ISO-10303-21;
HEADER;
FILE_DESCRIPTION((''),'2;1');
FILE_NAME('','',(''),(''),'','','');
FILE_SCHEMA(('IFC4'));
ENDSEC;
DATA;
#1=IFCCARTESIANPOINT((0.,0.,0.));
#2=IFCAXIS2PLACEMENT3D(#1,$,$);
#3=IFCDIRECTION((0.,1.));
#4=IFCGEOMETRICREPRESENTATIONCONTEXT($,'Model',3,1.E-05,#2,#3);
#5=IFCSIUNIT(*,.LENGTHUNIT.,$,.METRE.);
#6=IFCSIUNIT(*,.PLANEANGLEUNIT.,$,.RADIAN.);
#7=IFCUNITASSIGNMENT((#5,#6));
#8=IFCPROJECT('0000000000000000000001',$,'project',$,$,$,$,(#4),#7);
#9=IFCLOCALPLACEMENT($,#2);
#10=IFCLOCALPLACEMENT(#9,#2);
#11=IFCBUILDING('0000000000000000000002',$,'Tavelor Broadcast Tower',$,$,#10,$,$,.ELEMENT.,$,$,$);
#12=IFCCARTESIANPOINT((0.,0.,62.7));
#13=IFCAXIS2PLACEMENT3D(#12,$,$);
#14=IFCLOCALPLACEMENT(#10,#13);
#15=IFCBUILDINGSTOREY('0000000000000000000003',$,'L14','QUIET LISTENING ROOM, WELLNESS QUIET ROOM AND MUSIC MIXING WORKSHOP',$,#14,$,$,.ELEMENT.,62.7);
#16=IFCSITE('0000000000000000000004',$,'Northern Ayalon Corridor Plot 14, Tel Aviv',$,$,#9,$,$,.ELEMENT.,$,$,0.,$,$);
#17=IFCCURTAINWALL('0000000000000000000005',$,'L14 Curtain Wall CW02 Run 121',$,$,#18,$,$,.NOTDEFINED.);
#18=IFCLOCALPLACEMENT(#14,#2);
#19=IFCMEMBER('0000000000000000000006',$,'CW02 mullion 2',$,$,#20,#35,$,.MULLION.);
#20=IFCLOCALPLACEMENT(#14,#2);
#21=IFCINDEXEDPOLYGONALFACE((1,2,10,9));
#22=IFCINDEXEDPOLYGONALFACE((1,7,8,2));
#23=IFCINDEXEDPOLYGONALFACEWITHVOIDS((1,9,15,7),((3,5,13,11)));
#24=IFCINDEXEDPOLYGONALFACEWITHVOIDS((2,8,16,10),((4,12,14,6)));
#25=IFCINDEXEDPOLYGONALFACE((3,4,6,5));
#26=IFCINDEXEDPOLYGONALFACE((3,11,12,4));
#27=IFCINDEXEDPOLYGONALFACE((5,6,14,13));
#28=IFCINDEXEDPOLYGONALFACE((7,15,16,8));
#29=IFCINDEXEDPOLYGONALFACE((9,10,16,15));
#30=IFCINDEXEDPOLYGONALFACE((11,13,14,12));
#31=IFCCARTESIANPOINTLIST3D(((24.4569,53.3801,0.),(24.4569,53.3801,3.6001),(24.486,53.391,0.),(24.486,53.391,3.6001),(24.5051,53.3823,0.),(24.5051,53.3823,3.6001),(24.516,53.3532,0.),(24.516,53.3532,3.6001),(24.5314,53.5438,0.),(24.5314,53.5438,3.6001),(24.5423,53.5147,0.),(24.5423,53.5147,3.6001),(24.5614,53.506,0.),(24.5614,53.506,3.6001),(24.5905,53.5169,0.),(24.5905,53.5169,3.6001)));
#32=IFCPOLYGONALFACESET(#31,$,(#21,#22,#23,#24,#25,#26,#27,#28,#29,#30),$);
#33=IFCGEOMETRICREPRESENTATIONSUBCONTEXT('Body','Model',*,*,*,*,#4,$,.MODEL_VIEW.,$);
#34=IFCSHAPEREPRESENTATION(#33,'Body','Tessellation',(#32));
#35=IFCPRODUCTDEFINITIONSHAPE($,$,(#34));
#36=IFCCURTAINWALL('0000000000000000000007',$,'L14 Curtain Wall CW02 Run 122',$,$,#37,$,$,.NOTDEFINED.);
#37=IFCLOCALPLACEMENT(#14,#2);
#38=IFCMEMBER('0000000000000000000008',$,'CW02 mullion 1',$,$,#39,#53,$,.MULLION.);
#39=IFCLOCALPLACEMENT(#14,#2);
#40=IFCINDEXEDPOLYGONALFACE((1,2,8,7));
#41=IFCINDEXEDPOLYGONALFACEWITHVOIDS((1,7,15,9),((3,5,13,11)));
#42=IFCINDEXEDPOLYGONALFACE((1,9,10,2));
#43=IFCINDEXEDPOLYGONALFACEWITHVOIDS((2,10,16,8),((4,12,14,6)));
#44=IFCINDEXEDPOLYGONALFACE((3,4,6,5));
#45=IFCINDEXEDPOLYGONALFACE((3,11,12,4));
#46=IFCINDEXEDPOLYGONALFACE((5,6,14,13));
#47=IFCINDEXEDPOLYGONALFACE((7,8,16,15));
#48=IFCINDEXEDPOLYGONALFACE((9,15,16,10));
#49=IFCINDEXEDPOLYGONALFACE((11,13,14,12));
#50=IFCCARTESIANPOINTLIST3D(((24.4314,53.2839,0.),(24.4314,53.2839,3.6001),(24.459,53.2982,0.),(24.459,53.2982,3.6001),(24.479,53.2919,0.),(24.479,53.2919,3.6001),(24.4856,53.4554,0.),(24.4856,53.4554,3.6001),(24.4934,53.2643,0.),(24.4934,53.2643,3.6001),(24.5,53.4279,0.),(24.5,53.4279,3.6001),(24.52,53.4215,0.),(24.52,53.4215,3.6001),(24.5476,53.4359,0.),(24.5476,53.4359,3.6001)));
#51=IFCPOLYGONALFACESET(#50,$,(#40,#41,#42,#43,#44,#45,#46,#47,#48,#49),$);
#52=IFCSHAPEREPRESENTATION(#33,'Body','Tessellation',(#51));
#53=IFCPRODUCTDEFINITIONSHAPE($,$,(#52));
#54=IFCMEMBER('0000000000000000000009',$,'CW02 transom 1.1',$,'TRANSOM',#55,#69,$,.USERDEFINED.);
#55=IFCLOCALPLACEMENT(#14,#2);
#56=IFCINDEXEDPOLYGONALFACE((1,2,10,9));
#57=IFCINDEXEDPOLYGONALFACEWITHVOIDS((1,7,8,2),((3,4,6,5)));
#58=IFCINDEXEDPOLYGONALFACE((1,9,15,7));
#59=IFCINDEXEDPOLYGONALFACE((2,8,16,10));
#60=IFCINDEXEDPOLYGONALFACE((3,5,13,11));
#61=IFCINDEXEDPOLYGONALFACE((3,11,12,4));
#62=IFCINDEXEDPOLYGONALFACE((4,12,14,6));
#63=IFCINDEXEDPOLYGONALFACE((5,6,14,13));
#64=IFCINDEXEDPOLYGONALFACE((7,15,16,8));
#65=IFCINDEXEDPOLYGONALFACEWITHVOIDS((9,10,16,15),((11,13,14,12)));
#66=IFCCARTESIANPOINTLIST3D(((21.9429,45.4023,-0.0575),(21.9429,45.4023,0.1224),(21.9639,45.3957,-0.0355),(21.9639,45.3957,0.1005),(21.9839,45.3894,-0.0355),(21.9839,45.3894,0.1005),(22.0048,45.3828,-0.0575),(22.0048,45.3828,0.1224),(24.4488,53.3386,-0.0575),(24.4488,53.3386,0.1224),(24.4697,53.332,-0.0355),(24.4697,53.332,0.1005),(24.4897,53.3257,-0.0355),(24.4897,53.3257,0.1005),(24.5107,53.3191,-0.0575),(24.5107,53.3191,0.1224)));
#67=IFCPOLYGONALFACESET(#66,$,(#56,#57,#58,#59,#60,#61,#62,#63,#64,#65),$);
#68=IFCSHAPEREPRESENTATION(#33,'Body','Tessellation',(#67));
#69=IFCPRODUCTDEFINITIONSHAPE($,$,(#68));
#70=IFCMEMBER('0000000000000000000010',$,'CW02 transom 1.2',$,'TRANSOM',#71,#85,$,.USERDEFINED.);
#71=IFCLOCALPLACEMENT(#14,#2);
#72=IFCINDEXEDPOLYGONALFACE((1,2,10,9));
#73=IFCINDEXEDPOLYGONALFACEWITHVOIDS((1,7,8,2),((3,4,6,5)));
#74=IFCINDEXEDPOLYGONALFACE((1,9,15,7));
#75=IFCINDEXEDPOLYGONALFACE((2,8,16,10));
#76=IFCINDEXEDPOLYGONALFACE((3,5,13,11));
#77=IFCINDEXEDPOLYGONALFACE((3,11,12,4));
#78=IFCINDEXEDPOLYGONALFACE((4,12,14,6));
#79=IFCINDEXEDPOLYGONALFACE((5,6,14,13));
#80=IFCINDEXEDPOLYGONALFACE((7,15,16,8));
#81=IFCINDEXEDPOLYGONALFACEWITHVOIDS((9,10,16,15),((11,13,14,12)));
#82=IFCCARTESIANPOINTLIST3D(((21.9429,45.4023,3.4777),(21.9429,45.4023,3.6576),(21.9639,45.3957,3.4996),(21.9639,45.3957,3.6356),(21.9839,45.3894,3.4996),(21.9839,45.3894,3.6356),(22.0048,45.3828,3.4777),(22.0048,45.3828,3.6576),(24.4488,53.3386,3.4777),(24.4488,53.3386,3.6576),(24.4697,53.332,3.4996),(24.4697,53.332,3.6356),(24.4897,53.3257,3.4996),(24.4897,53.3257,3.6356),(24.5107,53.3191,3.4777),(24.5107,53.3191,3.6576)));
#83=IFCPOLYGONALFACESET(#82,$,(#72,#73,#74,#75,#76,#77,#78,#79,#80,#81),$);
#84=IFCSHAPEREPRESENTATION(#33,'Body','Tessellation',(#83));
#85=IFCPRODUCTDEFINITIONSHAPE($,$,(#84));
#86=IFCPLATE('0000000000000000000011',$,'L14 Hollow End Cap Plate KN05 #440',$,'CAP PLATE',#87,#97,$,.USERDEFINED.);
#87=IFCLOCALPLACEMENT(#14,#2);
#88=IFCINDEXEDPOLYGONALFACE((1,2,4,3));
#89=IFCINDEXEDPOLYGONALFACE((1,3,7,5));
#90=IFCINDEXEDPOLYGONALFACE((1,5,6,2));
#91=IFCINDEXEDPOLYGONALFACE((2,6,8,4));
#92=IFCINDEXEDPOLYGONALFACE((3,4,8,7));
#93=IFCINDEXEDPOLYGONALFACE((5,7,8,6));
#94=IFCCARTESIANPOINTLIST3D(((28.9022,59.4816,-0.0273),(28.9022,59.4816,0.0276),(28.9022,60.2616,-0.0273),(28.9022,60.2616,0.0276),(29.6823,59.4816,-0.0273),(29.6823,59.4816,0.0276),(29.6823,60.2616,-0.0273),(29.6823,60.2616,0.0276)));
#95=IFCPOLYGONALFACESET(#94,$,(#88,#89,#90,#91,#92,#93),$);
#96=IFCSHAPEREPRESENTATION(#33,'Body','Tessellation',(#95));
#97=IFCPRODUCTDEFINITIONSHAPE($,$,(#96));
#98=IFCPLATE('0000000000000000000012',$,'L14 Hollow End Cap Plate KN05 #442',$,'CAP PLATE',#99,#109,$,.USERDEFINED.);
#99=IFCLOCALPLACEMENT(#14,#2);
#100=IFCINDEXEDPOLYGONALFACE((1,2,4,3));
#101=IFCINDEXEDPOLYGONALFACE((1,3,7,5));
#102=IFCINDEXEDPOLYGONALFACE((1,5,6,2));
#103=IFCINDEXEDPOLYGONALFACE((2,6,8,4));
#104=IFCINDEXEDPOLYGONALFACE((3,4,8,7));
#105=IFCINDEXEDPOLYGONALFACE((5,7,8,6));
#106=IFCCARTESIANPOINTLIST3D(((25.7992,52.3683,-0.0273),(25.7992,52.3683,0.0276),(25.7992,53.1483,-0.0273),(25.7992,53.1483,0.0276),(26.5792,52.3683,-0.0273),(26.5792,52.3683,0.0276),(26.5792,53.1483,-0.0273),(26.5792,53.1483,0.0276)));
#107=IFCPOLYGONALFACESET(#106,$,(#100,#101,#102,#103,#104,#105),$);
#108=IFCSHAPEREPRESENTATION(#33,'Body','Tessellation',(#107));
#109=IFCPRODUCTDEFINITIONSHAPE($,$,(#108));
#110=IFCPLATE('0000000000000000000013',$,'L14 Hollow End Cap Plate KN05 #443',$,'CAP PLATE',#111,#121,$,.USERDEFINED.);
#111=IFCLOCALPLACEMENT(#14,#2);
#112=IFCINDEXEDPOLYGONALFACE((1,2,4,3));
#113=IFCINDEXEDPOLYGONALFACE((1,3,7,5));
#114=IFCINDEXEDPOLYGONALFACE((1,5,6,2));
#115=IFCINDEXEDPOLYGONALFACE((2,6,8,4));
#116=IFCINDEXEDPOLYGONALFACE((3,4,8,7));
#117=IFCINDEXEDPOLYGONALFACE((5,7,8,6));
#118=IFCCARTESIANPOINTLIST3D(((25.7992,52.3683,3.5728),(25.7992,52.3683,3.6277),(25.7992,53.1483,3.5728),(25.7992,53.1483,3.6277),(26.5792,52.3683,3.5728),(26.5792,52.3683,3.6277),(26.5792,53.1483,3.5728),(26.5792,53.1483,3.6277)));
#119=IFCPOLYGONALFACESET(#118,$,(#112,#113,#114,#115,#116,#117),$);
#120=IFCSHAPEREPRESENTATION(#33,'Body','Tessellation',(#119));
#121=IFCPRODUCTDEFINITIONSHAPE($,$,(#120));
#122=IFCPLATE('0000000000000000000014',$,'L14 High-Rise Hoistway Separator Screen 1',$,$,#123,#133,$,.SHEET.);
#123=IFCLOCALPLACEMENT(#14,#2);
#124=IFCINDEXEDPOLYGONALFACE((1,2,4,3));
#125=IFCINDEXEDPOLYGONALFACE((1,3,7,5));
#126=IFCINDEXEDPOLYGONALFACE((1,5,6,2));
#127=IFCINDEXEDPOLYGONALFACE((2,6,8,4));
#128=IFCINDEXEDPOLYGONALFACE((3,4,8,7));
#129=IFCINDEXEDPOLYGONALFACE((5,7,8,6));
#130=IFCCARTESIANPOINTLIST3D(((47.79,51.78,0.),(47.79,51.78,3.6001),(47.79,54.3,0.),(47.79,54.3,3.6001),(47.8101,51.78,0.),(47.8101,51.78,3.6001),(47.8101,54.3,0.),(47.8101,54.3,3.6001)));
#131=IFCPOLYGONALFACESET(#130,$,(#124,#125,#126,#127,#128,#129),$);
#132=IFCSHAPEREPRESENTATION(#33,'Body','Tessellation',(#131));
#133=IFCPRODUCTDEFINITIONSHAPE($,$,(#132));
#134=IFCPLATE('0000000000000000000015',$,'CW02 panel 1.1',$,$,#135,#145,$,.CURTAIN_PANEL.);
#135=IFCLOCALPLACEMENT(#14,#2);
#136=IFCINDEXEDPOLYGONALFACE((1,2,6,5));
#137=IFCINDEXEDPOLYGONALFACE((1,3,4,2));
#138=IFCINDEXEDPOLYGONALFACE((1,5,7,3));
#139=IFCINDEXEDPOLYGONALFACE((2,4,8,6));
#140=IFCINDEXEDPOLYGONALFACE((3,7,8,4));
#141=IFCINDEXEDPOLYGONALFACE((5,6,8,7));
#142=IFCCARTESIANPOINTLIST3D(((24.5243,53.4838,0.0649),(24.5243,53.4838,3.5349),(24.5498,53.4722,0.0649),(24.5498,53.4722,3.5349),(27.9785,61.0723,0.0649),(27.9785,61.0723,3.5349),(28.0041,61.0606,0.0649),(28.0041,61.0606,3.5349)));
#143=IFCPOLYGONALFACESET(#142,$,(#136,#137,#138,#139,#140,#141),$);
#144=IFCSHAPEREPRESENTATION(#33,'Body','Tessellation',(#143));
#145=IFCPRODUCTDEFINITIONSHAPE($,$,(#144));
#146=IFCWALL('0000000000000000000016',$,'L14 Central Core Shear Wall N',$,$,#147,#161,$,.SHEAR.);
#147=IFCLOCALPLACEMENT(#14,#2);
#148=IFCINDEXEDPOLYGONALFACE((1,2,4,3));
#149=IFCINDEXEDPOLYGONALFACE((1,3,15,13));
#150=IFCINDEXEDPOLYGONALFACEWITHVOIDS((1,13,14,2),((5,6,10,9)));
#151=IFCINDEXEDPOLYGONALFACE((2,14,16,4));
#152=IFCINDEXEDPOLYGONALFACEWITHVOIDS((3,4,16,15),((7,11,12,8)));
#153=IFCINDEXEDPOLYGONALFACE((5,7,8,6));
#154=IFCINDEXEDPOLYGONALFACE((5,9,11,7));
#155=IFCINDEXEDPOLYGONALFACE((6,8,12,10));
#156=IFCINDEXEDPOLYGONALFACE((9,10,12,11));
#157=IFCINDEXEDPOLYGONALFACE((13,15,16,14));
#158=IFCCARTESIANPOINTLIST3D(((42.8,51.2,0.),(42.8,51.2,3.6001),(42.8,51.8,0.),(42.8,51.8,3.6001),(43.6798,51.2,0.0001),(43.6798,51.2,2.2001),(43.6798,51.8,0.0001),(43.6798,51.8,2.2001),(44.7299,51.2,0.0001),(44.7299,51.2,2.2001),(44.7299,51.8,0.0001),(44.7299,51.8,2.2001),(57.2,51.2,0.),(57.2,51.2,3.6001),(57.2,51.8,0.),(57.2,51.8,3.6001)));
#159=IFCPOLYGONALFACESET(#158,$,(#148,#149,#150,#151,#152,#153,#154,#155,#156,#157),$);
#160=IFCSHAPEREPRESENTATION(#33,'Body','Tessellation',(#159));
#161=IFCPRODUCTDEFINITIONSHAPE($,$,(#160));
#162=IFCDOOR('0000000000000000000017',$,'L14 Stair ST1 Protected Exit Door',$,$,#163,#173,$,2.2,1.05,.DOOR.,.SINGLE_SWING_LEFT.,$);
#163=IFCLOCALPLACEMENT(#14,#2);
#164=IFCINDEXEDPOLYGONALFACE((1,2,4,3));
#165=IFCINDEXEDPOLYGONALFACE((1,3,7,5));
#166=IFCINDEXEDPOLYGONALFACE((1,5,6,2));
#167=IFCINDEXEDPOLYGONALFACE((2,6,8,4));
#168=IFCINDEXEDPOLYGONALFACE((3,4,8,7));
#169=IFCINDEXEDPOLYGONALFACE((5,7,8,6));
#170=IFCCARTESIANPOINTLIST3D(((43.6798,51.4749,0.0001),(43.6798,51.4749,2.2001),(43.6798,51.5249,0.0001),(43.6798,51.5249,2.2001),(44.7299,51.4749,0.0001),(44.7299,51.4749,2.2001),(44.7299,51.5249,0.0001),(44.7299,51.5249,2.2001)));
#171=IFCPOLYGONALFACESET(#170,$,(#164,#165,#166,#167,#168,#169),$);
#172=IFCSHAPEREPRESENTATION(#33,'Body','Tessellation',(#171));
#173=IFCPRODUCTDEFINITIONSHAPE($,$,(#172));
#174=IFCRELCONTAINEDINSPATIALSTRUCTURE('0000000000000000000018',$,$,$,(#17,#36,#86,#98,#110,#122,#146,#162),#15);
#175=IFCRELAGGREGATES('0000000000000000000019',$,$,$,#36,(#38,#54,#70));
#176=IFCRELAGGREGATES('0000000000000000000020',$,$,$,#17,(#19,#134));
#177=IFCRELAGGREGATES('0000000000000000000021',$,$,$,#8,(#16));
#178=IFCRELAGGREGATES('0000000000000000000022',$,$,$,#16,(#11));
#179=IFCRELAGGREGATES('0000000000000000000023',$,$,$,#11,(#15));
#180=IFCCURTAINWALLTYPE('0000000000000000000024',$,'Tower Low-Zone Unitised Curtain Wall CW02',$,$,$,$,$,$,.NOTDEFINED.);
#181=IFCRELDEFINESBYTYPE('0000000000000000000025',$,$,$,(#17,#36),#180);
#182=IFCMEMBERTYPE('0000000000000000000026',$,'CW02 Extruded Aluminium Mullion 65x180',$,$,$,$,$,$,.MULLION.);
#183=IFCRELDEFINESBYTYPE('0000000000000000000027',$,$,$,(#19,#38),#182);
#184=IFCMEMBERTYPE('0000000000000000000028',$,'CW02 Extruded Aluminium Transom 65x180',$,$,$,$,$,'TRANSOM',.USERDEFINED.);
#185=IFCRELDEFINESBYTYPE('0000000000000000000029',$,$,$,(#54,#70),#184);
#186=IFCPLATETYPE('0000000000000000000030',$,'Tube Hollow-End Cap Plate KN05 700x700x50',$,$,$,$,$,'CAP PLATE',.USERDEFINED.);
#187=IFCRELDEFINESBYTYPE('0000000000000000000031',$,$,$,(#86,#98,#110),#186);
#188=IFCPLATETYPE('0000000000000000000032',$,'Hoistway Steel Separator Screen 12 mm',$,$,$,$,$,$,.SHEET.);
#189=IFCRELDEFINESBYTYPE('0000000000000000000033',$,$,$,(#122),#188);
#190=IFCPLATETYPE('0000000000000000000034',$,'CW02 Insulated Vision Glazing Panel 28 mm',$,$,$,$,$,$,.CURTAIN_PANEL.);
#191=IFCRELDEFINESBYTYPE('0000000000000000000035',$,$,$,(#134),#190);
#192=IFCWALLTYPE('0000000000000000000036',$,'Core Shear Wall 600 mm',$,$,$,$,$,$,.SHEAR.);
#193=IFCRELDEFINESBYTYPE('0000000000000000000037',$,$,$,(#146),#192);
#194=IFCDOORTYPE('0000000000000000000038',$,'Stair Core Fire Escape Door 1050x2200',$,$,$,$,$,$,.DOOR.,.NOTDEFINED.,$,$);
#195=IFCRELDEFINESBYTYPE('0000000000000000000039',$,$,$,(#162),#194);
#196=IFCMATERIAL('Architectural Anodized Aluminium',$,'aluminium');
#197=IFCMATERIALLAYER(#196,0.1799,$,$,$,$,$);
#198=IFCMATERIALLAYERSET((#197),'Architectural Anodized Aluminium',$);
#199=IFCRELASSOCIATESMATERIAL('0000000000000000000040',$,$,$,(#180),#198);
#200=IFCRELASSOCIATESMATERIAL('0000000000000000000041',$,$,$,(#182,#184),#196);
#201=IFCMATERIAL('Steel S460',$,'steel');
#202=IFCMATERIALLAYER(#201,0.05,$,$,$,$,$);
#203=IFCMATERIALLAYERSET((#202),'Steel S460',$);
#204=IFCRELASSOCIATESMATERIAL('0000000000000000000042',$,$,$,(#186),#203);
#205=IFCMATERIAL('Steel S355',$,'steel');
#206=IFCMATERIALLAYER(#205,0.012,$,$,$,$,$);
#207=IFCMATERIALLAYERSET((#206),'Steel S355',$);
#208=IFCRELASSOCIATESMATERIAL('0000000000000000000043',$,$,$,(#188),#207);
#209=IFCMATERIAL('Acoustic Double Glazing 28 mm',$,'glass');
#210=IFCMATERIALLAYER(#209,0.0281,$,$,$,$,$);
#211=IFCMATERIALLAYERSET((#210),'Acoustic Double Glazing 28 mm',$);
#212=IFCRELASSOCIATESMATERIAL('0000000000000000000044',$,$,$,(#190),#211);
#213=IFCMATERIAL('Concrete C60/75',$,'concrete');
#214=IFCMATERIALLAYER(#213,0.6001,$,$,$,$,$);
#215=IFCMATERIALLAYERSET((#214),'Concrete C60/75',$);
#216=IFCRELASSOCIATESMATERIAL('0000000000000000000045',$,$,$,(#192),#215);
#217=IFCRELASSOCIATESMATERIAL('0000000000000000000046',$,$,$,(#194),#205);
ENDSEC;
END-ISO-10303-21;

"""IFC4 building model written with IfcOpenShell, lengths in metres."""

from ifc_helpers import new_model, si_unit, direction, frame, frame_2d, origin, origin_2d, place, context, subcontext, project, spatial, rectangle, hollow_rectangle, extrude, source, transform, mapped, material, layer, layer_set, material_profile, profile_set, type_object, type_shapes, element, fill, aggregate, save


model = new_model("IFC4")

# Units and contexts
model_context = context("Model", 3, precision=1e-05, world=origin(), true_north=direction((0.0, 1.0)))
body_context = subcontext(model_context, "Body", "Model", "MODEL_VIEW")
ifc_project = project(units=[si_unit("LENGTHUNIT", "METRE"), si_unit("PLANEANGLEUNIT", "RADIAN")], contexts=[model_context])

# Site, building, storey
site_placement = place(None, origin())
site = spatial("IfcSite", under=ifc_project, at=site_placement, Name="Northern Ayalon Corridor Plot 14, Tel Aviv", CompositionType="ELEMENT", RefElevation=0.0)
building_placement = place(site_placement, origin())
building = spatial("IfcBuilding", under=site, at=building_placement, Name="Tavelor Broadcast Tower", CompositionType="ELEMENT")
storey_placement = place(building_placement, frame((0.0, 0.0, 62.7)))
storey = spatial("IfcBuildingStorey", under=building, at=storey_placement, Name="L14", Description="QUIET LISTENING ROOM, WELLNESS QUIET ROOM AND MUSIC MIXING WORKSHOP", CompositionType="ELEMENT", Elevation=62.7)

# Shared definitions
ifc_material_1 = material(Name="Steel S460", Category="steel")

# Shared definitions
ifc_material_2 = material(Name="Steel S355", Category="steel")

# Curtain wall, member
ifc_material_3 = material(Name="Architectural Anodized Aluminium", Category="aluminium")
ifc_layer_1 = layer(ifc_material_3, 0.1799)
ifc_layer_set_1 = layer_set([ifc_layer_1], Name="Architectural Anodized Aluminium")
curtain_wall_type = type_object("IfcCurtainWallType", Name="Tower Low-Zone Unitised Curtain Wall CW02", PredefinedType="NOTDEFINED", material=ifc_layer_set_1)
curtain_wall_1_placement = place(storey_placement, origin())
curtain_wall_1 = element("IfcCurtainWall", 1, at=curtain_wall_1_placement, inside=storey, type_object=curtain_wall_type, Name="L14 Curtain Wall CW02 Run 121", PredefinedType="NOTDEFINED")
ifc_material_profile_1 = material_profile(ifc_material_3, hollow_rectangle(XDim=0.0649, YDim=0.1799, WallThickness=0.022, at=origin_2d()), Name="RHS 65x180x22")
ifc_profile_set_1 = profile_set([ifc_material_profile_1], Name="Architectural Anodized Aluminium")
member_type_1 = type_object("IfcMemberType", Name="CW02 Extruded Aluminium Mullion 65x180", PredefinedType="MULLION", material=ifc_profile_set_1)
shared_shape_1 = source(origin(), body_context, "Body", "SweptSolid", [
    extrude(hollow_rectangle(XDim=0.0649, YDim=0.1799, WallThickness=0.022, at=origin_2d()), origin(), (0.0, 0.0, 1.0), 3.6001),
])
type_shapes(member_type_1, [shared_shape_1])
member_1_placement = place(storey_placement, frame((24.5237, 53.4485, 0.0), z_axis=(0.0, 0.0, 1.0), x_axis=(0.910141, -0.414298, 0.0)))
member_1 = element("IfcMember", 2, at=member_1_placement, type_object=member_type_1, Name="CW02 mullion 2", PredefinedType="MULLION", context=body_context, shape_type="MappedRepresentation", body=[
    mapped(shared_shape_1, transform((0.0, 0.0, 0.0), scale=1.0)),
])

# Curtain wall, members
curtain_wall_2_placement = place(storey_placement, origin())
curtain_wall_2 = element("IfcCurtainWall", 3, at=curtain_wall_2_placement, inside=storey, type_object=curtain_wall_type, Name="L14 Curtain Wall CW02 Run 122", PredefinedType="NOTDEFINED")
member_2_placement = place(storey_placement, frame((24.4895, 53.3599, 0.0), z_axis=(0.0, 0.0, 1.0), x_axis=(0.953587, -0.301118, 0.0)))
member_2 = element("IfcMember", 4, at=member_2_placement, type_object=member_type_1, Name="CW02 mullion 1", PredefinedType="MULLION", context=body_context, shape_type="MappedRepresentation", body=[
    mapped(shared_shape_1, transform((0.0, 0.0, 0.0), scale=1.0)),
])
ifc_material_profile_2 = material_profile(ifc_material_3, hollow_rectangle(XDim=0.0649, YDim=0.1799, WallThickness=0.022, at=origin_2d()), Name="RHS 65x180x22")
ifc_profile_set_2 = profile_set([ifc_material_profile_2], Name="Architectural Anodized Aluminium")
member_type_2 = type_object("IfcMemberType", Name="CW02 Extruded Aluminium Transom 65x180", ElementType="TRANSOM", PredefinedType="USERDEFINED", material=ifc_profile_set_2)
shared_shape_2 = source(origin(), body_context, "Body", "SweptSolid", [
    extrude(hollow_rectangle(XDim=0.0649, YDim=0.1799, WallThickness=0.022, at=origin_2d()), origin(), (0.0, 0.0, 1.0), 8.3225),
])
type_shapes(member_type_2, [shared_shape_2])
member_3_placement = place(storey_placement, frame((24.4797, 53.3289, 0.0325), z_axis=(-0.301095, -0.953594, 0.0), x_axis=(0.953594, -0.301095, 0.0)))
member_3 = element("IfcMember", 5, at=member_3_placement, type_object=member_type_2, Name="CW02 transom 1.1", ObjectType="TRANSOM", PredefinedType="USERDEFINED", context=body_context, shape_type="MappedRepresentation", body=[
    mapped(shared_shape_2, transform((0.0, 0.0, 0.0), scale=1.0)),
])
member_4_placement = place(storey_placement, frame((24.4797, 53.3289, 3.5676), z_axis=(-0.301095, -0.953594, 0.0), x_axis=(0.953594, -0.301095, 0.0)))
member_4 = element("IfcMember", 6, at=member_4_placement, type_object=member_type_2, Name="CW02 transom 1.2", ObjectType="TRANSOM", PredefinedType="USERDEFINED", context=body_context, shape_type="MappedRepresentation", body=[
    mapped(shared_shape_2, transform((0.0, 0.0, 0.0), scale=1.0)),
])
aggregate(curtain_wall_2, [member_2, member_3, member_4])

# Plates
ifc_layer_2 = layer(ifc_material_1, 0.05)
ifc_layer_set_2 = layer_set([ifc_layer_2], Name="Steel S460")
plate_type_1 = type_object("IfcPlateType", Name="Tube Hollow-End Cap Plate KN05 700x700x50", ElementType="CAP PLATE", PredefinedType="USERDEFINED", material=ifc_layer_set_2)
shared_shape_3 = source(origin(), body_context, "Body", "SweptSolid", [
    extrude(rectangle(XDim=0.78, YDim=0.78, at=origin_2d()), origin(), (0.0, 0.0, 1.0), 0.0549),
])
type_shapes(plate_type_1, [shared_shape_3])
for number, where, z_axis, x_axis, name in (
    (7, (29.2922, 59.8716, -0.0273), (0.0, 0.0, 1.0), (1.0, 0.0, 0.0), "L14 Hollow End Cap Plate KN05 #440"),
    (8, (26.1892, 52.7583, -0.0273), (0.0, 0.0, 1.0), (1.0, 0.0, 0.0), "L14 Hollow End Cap Plate KN05 #442"),
    (9, (26.1892, 52.7583, 3.5728), (0.0, 0.0, 1.0), (1.0, 0.0, 0.0), "L14 Hollow End Cap Plate KN05 #443"),
):
    element("IfcPlate", number, at=place(storey_placement, frame(where, z_axis=z_axis, x_axis=x_axis)), inside=storey, type_object=plate_type_1, Name=name, ObjectType="CAP PLATE", PredefinedType="USERDEFINED", context=body_context, shape_type="MappedRepresentation", body=[
        mapped(shared_shape_3, transform((0.0, 0.0, 0.0), scale=1.0)),
    ])
ifc_layer_3 = layer(ifc_material_2, 0.012)
ifc_layer_set_3 = layer_set([ifc_layer_3], Name="Steel S355")
plate_type_2 = type_object("IfcPlateType", Name="Hoistway Steel Separator Screen 12 mm", PredefinedType="SHEET", material=ifc_layer_set_3)
shared_shape_4 = source(origin(), body_context, "Body", "SweptSolid", [
    extrude(rectangle(XDim=0.02, YDim=2.52, at=origin_2d()), origin(), (0.0, 0.0, 1.0), 3.6001),
])
type_shapes(plate_type_2, [shared_shape_4])
plate_1_placement = place(storey_placement, frame((47.8, 53.04, 0.0), z_axis=(0.0, 0.0, 1.0), x_axis=(1.0, 0.0, 0.0)))
element("IfcPlate", 10, at=plate_1_placement, inside=storey, type_object=plate_type_2, Name="L14 High-Rise Hoistway Separator Screen 1", PredefinedType="SHEET", context=body_context, shape_type="MappedRepresentation", body=[
    mapped(shared_shape_4, transform((0.0, 0.0, 0.0), scale=1.0)),
])

# Plate
ifc_material_4 = material(Name="Acoustic Double Glazing 28 mm", Category="glass")
ifc_layer_4 = layer(ifc_material_4, 0.0281)
ifc_layer_set_4 = layer_set([ifc_layer_4], Name="Acoustic Double Glazing 28 mm")
plate_type_3 = type_object("IfcPlateType", Name="CW02 Insulated Vision Glazing Panel 28 mm", PredefinedType="CURTAIN_PANEL", material=ifc_layer_set_4)
shared_shape_5 = source(origin(), body_context, "Body", "SweptSolid", [
    extrude(rectangle(XDim=8.3376, YDim=0.0281, at=origin_2d()), origin(), (0.0, 0.0, 1.0), 3.47),
])
type_shapes(plate_type_3, [shared_shape_5])
plate_2_placement = place(storey_placement, frame((26.2642, 57.2722, 0.0649), z_axis=(0.0, 0.0, 1.0), x_axis=(-0.414298, -0.910141, 0.0)))
plate_2 = element("IfcPlate", 11, at=plate_2_placement, type_object=plate_type_3, Name="CW02 panel 1.1", PredefinedType="CURTAIN_PANEL", context=body_context, shape_type="MappedRepresentation", body=[
    mapped(shared_shape_5, transform((0.0, 0.0, 0.0), scale=1.0)),
])
aggregate(curtain_wall_1, [member_1, plate_2])

# Wall, opening, door
ifc_material_5 = material(Name="Concrete C60/75", Category="concrete")
ifc_layer_5 = layer(ifc_material_5, 0.6001)
ifc_layer_set_5 = layer_set([ifc_layer_5], Name="Concrete C60/75")
wall_type_1 = type_object("IfcWallType", Name="Core Shear Wall 600 mm", PredefinedType="SHEAR", material=ifc_layer_set_5)
wall_1_placement = place(storey_placement, frame((42.8, 51.5, 0.0), z_axis=(0.0, 0.0, 1.0), x_axis=(1.0, 0.0, 0.0)))
wall_1 = element("IfcWall", 12, at=wall_1_placement, inside=storey, type_object=wall_type_1, Name="L14 Central Core Shear Wall N", PredefinedType="SHEAR", context=body_context, shape_type="SweptSolid", body=[
    extrude(rectangle(XDim=14.3999, YDim=0.6001, at=frame_2d((7.2, 0.0))), origin(), (0.0, 0.0, 1.0), 3.6001),
])
opening_placement = place(wall_1_placement, frame((0.8799, 0.0, 0.0)))
opening = element("IfcOpeningElement", 13, at=opening_placement, cuts=wall_1, PredefinedType="OPENING", context=body_context, shape_type="SweptSolid", body=[
    extrude(rectangle(XDim=1.05, YDim=2.2, at=frame_2d((0.5249, 1.1001))), frame((0.0, 0.3101, 0.0), z_axis=(0.0, -1.0, 0.0), x_axis=(1.0, 0.0, 0.0)), (0.0, 0.0, 1.0), 0.6201),
])
door_type = type_object("IfcDoorType", Name="Stair Core Fire Escape Door 1050x2200", OperationType="NOTDEFINED", PredefinedType="DOOR", material=ifc_material_2)
door_placement = place(opening_placement, origin())
door = element("IfcDoor", 14, at=door_placement, inside=storey, type_object=door_type, Name="L14 Stair ST1 Protected Exit Door", OperationType="SINGLE_SWING_LEFT", OverallHeight=2.2, OverallWidth=1.05, PredefinedType="DOOR", context=body_context, shape_type="SweptSolid", body=[
    extrude(rectangle(XDim=1.05, YDim=2.2, at=frame_2d((0.5249, 1.1001))), frame((0.0, 0.0249, 0.0), z_axis=(0.0, -1.0, 0.0), x_axis=(1.0, 0.0, 0.0)), (0.0, 0.0, 1.0), 0.05),
])
fill(opening, door)

save(model, "model.ifc")
